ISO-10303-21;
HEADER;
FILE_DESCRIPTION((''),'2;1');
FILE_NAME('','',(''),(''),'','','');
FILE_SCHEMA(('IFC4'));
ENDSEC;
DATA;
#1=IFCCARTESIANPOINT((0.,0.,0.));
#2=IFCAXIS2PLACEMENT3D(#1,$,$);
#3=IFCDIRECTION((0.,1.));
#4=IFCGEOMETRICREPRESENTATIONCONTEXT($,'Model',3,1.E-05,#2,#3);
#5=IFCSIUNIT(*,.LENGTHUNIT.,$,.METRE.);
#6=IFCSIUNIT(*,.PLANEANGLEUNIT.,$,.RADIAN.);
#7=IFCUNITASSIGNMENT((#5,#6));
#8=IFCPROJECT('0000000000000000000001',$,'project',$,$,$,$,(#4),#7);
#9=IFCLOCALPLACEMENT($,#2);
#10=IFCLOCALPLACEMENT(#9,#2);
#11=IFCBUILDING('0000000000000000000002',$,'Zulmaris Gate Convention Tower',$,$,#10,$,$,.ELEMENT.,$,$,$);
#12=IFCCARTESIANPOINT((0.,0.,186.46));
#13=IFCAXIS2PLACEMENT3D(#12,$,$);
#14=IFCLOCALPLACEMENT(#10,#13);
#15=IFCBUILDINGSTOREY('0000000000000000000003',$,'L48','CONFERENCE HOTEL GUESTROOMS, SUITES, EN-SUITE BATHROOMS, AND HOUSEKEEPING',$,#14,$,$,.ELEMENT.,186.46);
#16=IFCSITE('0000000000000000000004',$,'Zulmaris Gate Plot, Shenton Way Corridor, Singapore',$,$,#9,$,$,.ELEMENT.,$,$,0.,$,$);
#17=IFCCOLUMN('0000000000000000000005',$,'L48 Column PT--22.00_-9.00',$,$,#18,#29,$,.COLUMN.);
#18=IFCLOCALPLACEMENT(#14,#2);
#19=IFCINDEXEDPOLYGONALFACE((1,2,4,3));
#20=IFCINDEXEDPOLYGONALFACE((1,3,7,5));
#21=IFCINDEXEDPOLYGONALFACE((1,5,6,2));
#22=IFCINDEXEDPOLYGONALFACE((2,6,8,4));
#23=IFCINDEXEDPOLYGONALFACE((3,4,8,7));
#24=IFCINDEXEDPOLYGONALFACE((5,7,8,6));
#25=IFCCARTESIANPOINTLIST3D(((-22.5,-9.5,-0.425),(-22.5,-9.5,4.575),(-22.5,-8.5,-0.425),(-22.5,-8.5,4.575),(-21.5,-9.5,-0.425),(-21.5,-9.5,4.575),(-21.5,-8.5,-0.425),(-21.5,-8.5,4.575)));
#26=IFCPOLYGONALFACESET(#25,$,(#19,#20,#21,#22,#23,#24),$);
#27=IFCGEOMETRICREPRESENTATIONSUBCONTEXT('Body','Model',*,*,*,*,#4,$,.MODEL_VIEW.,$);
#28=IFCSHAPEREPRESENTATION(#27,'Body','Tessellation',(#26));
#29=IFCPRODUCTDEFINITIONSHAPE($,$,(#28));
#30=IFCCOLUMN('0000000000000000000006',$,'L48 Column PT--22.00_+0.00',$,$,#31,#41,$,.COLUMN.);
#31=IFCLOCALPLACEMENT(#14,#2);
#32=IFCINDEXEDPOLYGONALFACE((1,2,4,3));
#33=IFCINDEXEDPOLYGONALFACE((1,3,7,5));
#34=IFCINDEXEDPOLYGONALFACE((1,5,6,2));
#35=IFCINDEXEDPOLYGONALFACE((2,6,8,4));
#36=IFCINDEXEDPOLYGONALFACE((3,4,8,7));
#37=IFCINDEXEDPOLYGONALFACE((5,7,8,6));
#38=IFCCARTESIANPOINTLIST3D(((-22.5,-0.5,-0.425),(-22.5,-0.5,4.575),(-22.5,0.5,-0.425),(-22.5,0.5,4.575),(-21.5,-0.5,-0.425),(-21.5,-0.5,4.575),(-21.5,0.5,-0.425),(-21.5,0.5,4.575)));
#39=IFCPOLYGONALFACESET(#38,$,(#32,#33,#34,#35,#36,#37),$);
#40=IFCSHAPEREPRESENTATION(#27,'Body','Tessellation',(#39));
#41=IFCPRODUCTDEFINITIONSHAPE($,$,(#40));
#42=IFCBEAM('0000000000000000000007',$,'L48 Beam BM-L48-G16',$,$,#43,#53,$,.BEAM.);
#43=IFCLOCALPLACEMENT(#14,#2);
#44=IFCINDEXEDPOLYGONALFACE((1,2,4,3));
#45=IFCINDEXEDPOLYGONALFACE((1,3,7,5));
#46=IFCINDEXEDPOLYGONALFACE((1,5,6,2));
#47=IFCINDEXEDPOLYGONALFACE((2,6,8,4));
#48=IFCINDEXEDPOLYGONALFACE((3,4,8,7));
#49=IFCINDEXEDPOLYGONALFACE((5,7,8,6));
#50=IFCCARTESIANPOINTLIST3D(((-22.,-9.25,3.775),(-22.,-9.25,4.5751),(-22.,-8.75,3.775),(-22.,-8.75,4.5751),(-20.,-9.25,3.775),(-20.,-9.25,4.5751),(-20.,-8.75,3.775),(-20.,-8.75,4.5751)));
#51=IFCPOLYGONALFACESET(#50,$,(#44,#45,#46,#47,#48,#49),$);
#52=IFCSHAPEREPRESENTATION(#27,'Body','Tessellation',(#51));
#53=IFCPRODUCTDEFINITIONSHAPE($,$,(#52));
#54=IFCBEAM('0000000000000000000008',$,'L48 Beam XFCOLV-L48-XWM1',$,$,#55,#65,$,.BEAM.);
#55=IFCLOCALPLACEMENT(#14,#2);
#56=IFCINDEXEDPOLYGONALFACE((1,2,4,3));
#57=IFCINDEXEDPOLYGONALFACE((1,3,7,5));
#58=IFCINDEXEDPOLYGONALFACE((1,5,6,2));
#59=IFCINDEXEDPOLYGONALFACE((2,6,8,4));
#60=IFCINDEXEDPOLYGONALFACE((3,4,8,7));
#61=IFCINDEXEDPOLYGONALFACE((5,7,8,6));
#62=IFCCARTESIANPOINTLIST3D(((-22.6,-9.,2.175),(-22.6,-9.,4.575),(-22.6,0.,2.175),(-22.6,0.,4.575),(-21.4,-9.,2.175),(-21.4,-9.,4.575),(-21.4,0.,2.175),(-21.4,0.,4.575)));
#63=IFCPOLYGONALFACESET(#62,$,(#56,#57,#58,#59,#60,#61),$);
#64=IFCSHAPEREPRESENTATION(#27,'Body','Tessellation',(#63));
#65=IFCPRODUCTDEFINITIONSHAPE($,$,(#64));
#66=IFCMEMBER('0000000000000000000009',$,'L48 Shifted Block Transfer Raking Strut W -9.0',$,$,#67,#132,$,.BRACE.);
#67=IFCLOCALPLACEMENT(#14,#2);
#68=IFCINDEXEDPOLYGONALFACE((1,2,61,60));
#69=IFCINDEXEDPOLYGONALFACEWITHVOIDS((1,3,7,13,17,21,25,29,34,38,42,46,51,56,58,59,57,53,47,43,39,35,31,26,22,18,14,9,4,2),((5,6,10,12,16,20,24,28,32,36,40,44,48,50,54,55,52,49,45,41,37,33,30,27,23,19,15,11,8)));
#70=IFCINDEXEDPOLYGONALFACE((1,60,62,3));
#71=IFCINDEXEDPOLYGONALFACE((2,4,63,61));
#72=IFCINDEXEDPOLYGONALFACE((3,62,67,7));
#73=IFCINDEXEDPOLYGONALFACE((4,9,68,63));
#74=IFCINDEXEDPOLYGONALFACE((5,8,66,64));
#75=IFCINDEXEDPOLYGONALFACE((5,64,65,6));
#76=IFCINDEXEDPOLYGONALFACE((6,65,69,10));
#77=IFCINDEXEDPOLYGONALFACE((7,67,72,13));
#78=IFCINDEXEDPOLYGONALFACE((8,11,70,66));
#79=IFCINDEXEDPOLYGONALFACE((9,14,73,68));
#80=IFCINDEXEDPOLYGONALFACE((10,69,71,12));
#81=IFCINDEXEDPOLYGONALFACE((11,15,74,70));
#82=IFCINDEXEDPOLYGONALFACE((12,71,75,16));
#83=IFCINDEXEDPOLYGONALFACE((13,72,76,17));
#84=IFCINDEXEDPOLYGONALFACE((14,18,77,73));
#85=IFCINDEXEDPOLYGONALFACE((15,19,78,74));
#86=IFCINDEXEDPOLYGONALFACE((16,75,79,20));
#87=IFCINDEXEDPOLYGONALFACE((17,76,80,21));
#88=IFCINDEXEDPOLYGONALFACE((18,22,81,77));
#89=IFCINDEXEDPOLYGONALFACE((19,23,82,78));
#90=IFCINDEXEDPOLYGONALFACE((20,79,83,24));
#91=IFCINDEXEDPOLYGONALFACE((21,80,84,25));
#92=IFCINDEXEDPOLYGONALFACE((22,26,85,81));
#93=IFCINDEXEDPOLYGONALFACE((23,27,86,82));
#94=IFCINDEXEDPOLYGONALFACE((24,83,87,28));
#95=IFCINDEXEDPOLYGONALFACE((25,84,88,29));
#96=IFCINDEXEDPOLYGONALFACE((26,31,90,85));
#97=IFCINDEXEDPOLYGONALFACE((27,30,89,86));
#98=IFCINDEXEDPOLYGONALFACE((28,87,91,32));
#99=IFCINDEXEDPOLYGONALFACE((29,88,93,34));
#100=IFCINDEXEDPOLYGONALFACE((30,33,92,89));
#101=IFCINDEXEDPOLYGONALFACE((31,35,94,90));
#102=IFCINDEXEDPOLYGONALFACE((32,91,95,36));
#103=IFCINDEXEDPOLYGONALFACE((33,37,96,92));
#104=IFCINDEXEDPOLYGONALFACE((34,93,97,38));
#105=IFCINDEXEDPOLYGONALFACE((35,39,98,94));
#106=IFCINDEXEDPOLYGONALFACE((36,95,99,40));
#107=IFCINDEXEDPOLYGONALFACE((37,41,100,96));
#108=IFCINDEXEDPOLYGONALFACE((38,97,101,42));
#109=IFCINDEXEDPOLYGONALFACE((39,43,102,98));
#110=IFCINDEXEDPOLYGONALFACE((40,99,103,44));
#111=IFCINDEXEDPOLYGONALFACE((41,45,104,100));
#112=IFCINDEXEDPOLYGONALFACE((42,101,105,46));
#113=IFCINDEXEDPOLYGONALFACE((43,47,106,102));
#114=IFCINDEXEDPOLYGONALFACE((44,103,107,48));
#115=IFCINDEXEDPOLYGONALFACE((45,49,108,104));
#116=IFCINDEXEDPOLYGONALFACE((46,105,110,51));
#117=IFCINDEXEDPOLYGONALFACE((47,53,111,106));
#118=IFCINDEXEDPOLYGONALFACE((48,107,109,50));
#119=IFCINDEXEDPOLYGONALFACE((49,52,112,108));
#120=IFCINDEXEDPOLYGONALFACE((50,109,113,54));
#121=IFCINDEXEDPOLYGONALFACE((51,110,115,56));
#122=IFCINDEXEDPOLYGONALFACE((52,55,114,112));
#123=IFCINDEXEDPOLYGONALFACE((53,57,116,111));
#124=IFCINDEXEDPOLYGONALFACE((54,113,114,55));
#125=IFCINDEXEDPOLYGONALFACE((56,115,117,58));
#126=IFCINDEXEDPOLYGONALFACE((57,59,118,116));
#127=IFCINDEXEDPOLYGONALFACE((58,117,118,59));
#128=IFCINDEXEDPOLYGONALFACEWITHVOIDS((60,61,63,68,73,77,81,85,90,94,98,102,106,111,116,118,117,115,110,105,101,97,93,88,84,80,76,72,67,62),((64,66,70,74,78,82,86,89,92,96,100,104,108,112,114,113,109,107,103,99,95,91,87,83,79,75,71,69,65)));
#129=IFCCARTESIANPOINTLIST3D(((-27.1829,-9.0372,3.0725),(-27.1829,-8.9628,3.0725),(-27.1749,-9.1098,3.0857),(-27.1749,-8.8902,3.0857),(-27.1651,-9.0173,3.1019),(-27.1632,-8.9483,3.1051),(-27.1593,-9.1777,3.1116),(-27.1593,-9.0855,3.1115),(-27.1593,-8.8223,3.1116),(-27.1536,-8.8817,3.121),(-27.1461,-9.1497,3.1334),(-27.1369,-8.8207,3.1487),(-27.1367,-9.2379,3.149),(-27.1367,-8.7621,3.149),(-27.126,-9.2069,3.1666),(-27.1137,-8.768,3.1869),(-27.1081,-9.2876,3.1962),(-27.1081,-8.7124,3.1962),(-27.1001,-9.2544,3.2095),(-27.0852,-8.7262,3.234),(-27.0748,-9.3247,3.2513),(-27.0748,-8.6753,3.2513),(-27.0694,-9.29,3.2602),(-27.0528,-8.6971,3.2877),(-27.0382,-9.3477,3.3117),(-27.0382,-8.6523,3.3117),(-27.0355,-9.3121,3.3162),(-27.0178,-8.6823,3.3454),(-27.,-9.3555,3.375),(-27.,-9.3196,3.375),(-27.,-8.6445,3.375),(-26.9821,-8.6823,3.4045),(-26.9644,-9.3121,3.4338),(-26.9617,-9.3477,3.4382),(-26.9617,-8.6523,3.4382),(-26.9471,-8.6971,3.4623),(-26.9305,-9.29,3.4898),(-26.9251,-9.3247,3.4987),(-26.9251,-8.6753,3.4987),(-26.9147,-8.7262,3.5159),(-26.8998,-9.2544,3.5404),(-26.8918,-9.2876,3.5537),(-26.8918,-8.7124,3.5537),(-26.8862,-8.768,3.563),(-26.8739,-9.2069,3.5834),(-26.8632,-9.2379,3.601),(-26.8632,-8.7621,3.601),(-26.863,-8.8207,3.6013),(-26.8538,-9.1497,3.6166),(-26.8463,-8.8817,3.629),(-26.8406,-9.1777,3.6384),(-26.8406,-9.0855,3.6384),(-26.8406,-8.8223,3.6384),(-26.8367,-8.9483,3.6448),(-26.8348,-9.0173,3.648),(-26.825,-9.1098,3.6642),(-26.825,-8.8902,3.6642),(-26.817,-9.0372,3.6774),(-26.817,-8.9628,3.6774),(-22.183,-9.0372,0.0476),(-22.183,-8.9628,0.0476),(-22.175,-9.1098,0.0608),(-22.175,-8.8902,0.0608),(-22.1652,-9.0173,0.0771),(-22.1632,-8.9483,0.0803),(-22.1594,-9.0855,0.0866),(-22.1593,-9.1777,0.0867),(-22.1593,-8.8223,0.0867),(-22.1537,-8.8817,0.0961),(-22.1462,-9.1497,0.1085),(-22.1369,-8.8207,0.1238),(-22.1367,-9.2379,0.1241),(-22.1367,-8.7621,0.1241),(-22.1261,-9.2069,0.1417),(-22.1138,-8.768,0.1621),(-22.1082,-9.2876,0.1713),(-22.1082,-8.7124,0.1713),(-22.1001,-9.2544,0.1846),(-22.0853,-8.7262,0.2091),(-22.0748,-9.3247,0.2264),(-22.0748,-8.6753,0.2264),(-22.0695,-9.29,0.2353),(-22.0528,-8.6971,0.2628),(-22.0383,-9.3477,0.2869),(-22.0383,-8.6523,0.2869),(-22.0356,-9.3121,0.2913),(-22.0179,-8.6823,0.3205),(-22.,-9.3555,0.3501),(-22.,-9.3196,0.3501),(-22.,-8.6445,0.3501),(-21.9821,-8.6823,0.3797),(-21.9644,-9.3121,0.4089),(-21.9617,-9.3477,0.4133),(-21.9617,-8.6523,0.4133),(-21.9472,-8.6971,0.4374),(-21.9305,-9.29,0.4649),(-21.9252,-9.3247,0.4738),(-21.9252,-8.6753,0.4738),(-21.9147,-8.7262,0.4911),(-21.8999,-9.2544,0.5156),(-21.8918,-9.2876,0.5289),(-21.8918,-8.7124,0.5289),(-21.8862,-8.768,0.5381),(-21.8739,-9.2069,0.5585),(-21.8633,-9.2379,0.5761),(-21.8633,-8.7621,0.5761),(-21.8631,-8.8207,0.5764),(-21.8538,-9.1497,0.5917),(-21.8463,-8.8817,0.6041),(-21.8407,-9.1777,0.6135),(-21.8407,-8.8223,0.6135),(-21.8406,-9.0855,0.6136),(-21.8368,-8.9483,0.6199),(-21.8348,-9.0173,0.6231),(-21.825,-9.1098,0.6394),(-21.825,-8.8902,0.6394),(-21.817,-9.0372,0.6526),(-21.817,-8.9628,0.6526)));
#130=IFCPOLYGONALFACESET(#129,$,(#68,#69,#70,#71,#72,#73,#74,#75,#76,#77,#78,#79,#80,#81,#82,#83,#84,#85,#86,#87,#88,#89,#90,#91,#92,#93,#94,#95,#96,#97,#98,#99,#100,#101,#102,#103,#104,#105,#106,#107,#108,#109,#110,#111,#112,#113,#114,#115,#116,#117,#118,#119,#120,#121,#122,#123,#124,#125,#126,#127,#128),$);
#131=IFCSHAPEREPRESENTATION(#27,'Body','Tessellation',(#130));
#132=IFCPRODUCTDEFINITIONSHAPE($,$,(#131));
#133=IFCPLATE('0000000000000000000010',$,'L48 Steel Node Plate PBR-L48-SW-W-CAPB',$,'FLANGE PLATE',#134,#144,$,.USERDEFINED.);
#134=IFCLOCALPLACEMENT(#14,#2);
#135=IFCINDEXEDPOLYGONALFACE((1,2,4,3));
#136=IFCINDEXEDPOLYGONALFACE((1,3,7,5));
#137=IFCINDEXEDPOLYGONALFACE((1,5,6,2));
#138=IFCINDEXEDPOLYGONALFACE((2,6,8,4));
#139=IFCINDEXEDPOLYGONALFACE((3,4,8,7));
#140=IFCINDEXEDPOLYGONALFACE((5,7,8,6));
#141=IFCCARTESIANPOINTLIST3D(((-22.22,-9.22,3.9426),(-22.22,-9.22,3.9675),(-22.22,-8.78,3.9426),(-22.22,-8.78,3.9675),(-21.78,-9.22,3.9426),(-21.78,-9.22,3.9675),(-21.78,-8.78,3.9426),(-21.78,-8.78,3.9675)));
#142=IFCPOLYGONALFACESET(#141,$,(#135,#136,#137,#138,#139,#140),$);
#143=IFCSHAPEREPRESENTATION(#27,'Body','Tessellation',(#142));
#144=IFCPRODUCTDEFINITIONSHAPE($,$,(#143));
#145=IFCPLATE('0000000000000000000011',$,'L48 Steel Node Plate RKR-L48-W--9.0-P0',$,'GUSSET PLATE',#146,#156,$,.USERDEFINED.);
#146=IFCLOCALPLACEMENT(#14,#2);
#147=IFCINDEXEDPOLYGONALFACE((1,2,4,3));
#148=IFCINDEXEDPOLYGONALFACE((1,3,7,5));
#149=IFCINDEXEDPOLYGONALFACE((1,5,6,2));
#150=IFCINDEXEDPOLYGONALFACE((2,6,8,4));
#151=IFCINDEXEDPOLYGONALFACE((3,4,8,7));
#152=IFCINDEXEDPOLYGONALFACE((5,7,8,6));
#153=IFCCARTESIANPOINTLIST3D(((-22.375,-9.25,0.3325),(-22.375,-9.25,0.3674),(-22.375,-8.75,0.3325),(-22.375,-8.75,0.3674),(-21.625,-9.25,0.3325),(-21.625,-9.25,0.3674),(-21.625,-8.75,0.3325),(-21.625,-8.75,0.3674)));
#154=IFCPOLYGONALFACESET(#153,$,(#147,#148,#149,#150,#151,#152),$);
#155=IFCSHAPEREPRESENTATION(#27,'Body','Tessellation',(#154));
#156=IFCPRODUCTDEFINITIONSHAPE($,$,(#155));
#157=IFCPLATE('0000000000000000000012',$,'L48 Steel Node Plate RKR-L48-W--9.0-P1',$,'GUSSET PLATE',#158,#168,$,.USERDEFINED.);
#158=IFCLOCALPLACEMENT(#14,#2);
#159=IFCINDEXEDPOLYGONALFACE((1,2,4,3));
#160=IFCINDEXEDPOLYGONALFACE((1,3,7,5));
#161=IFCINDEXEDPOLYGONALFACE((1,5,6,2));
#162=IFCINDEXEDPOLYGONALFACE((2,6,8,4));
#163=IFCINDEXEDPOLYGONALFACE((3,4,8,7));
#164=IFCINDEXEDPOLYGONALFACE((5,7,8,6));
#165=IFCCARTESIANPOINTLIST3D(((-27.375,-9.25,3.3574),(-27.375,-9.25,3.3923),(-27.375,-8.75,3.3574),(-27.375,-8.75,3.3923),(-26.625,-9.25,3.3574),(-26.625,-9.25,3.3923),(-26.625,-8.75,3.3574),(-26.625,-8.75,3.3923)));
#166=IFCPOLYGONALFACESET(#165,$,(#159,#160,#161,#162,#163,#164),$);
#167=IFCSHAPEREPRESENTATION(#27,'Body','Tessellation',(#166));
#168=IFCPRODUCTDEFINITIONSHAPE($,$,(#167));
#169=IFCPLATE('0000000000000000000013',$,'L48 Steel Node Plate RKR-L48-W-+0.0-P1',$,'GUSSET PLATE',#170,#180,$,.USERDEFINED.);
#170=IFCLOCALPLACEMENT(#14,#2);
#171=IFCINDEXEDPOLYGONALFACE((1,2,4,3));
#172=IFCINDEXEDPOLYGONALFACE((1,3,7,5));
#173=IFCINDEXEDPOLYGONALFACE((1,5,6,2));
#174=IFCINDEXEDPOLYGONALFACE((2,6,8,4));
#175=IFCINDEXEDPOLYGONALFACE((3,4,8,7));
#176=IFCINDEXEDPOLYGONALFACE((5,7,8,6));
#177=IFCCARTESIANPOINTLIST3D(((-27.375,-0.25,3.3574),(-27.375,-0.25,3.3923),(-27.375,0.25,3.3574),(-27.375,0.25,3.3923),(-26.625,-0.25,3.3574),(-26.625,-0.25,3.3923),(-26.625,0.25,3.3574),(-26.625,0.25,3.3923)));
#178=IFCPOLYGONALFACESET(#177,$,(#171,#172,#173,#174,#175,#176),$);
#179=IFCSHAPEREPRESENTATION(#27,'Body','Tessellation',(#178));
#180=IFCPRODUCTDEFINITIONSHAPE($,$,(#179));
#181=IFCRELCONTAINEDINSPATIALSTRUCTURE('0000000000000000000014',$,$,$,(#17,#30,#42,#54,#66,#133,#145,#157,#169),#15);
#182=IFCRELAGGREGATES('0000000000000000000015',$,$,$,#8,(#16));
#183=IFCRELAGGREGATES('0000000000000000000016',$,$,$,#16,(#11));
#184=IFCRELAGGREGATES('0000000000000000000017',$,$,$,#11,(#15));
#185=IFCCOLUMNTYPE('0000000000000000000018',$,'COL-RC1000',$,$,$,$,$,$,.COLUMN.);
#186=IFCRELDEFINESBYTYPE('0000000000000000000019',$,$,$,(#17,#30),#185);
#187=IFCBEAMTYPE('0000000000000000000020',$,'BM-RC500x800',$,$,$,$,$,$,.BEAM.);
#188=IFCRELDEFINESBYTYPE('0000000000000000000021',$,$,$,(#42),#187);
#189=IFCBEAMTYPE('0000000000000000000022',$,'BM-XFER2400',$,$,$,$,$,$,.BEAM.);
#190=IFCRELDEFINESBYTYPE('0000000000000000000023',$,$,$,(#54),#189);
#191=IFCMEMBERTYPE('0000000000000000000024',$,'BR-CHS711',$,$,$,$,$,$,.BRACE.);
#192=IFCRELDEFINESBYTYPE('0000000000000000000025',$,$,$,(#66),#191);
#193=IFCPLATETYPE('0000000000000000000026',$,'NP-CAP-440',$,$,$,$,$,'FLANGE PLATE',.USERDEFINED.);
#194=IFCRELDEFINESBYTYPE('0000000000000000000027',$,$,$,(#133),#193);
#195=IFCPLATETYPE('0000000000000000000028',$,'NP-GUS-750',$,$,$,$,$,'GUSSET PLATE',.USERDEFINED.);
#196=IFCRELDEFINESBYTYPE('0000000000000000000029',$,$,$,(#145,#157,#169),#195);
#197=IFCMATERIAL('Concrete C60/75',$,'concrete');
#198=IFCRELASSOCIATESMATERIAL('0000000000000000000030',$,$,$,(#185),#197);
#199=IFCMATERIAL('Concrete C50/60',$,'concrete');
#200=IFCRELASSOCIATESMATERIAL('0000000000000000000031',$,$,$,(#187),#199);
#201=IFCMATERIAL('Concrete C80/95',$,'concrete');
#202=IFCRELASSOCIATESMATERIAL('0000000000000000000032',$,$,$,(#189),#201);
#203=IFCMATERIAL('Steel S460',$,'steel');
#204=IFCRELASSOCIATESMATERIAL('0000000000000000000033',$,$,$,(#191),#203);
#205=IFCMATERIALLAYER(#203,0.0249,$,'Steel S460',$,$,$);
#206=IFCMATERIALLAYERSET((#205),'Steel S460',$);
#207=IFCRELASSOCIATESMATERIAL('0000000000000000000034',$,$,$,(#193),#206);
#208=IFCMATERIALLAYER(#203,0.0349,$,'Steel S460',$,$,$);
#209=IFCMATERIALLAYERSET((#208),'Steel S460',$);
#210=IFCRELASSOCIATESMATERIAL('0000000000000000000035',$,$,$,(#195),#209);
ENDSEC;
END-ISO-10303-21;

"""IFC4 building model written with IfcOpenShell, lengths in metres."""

from ifc_helpers import new_model, si_unit, direction, frame, origin, origin_2d, place, context, subcontext, project, spatial, rectangle, hollow_circle, extrude, material, layer, layer_set, material_profile, profile_set, type_object, element, save


model = new_model("IFC4")

# Units and contexts
model_context = context("Model", 3, precision=1e-05, world=origin(), true_north=direction((0.0, 1.0)))
body_context = subcontext(model_context, "Body", "Model", "MODEL_VIEW")
ifc_project = project(units=[si_unit("LENGTHUNIT", "METRE"), si_unit("PLANEANGLEUNIT", "RADIAN")], contexts=[model_context])

# Site, building, storey
site_placement = place(None, origin())
site = spatial("IfcSite", under=ifc_project, at=site_placement, Name="Zulmaris Gate Plot, Shenton Way Corridor, Singapore", CompositionType="ELEMENT", RefElevation=0.0)
building_placement = place(site_placement, origin())
building = spatial("IfcBuilding", under=site, at=building_placement, Name="Zulmaris Gate Convention Tower", CompositionType="ELEMENT")
storey_placement = place(building_placement, frame((0.0, 0.0, 186.46)))
storey = spatial("IfcBuildingStorey", under=building, at=storey_placement, Name="L48", Description="CONFERENCE HOTEL GUESTROOMS, SUITES, EN-SUITE BATHROOMS, AND HOUSEKEEPING", CompositionType="ELEMENT", Elevation=186.46)

# Columns
ifc_material_1 = material(Name="Concrete C60/75", Category="concrete")
ifc_material_profile_1 = material_profile(ifc_material_1, rectangle(XDim=1.0, YDim=1.0, at=origin_2d()), Name="RC COL 1000x1000")
ifc_profile_set_1 = profile_set([ifc_material_profile_1], Name="Concrete C60/75")
column_type = type_object("IfcColumnType", Name="COL-RC1000", PredefinedType="COLUMN", material=ifc_profile_set_1)
for number, where, z_axis, x_axis, name in (
    (1, (-22.0, -9.0, -0.425), (0.0, 0.0, 1.0), (1.0, 0.0, 0.0), "L48 Column PT--22.00_-9.00"),
    (2, (-22.0, 0.0, -0.425), (0.0, 0.0, 1.0), (1.0, 0.0, 0.0), "L48 Column PT--22.00_+0.00"),
):
    element("IfcColumn", number, at=place(storey_placement, frame(where, z_axis=z_axis, x_axis=x_axis)), inside=storey, type_object=column_type, Name=name, PredefinedType="COLUMN", context=body_context, shape_type="SweptSolid", body=[
        extrude(rectangle(XDim=1.0, YDim=1.0, at=origin_2d()), origin(), (0.0, 0.0, 1.0), 5.0),
    ])

# Beams
ifc_material_2 = material(Name="Concrete C50/60", Category="concrete")
ifc_material_profile_2 = material_profile(ifc_material_2, rectangle(XDim=0.5, YDim=0.8, at=origin_2d()), Name="RC BEAM 500x800")
ifc_profile_set_2 = profile_set([ifc_material_profile_2], Name="Concrete C50/60")
beam_type_1 = type_object("IfcBeamType", Name="BM-RC500x800", PredefinedType="BEAM", material=ifc_profile_set_2)
beam_1_placement = place(storey_placement, frame((-22.0, -9.0, 4.175), z_axis=(1.0, 0.0, 0.0), x_axis=(0.0, 1.0, 0.0)))
element("IfcBeam", 3, at=beam_1_placement, inside=storey, type_object=beam_type_1, Name="L48 Beam BM-L48-G16", PredefinedType="BEAM", context=body_context, shape_type="SweptSolid", body=[
    extrude(rectangle(XDim=0.5, YDim=0.8, at=origin_2d()), origin(), (0.0, 0.0, 1.0), 2.0),
])
ifc_material_3 = material(Name="Concrete C80/95", Category="concrete")
ifc_material_profile_3 = material_profile(ifc_material_3, rectangle(XDim=1.2, YDim=2.3999, at=origin_2d()), Name="RC TRANSFER 1200x2400")
ifc_profile_set_3 = profile_set([ifc_material_profile_3], Name="Concrete C80/95")
beam_type_2 = type_object("IfcBeamType", Name="BM-XFER2400", PredefinedType="BEAM", material=ifc_profile_set_3)
beam_2_placement = place(storey_placement, frame((-22.0, -9.0, 3.375), z_axis=(0.0, 1.0, 0.0), x_axis=(-1.0, 0.0, 0.0)))
element("IfcBeam", 4, at=beam_2_placement, inside=storey, type_object=beam_type_2, Name="L48 Beam XFCOLV-L48-XWM1", PredefinedType="BEAM", context=body_context, shape_type="SweptSolid", body=[
    extrude(rectangle(XDim=1.2, YDim=2.3999, at=origin_2d()), origin(), (0.0, 0.0, 1.0), 9.0),
])

# Member
ifc_material_4 = material(Name="Steel S460", Category="steel")
ifc_material_profile_4 = material_profile(ifc_material_4, hollow_circle(Radius=0.3555, WallThickness=0.0359, at=origin_2d()), Name="CHS 711x36")
ifc_profile_set_4 = profile_set([ifc_material_profile_4], Name="Steel S460")
member_type = type_object("IfcMemberType", Name="BR-CHS711", PredefinedType="BRACE", material=ifc_profile_set_4)
member_placement = place(storey_placement, frame((-22.0, -9.0, 0.3501), z_axis=(-0.855607, 0.0, 0.517626), x_axis=(0.0, -1.0, 0.0)))
element("IfcMember", 5, at=member_placement, inside=storey, type_object=member_type, Name="L48 Shifted Block Transfer Raking Strut W -9.0", PredefinedType="BRACE", context=body_context, shape_type="SweptSolid", body=[
    extrude(hollow_circle(Radius=0.3555, WallThickness=0.0359, at=origin_2d()), origin(), (0.0, 0.0, 1.0), 5.8438),
])

# Plates
ifc_layer_1 = layer(ifc_material_4, 0.0249, Name="Steel S460")
ifc_layer_set_1 = layer_set([ifc_layer_1], Name="Steel S460")
plate_type_1 = type_object("IfcPlateType", Name="NP-CAP-440", ElementType="FLANGE PLATE", PredefinedType="USERDEFINED", material=ifc_layer_set_1)
plate_placement = place(storey_placement, frame((-22.0, -9.0, 3.9426), z_axis=(0.0, 0.0, 1.0), x_axis=(1.0, 0.0, 0.0)))
element("IfcPlate", 6, at=plate_placement, inside=storey, type_object=plate_type_1, Name="L48 Steel Node Plate PBR-L48-SW-W-CAPB", ObjectType="FLANGE PLATE", PredefinedType="USERDEFINED", context=body_context, shape_type="SweptSolid", body=[
    extrude(rectangle(XDim=0.4399, YDim=0.4399, at=origin_2d()), origin(), (0.0, 0.0, 1.0), 0.0249),
])
ifc_layer_2 = layer(ifc_material_4, 0.0349, Name="Steel S460")
ifc_layer_set_2 = layer_set([ifc_layer_2], Name="Steel S460")
plate_type_2 = type_object("IfcPlateType", Name="NP-GUS-750", ElementType="GUSSET PLATE", PredefinedType="USERDEFINED", material=ifc_layer_set_2)
for number, where, z_axis, x_axis, name in (
    (7, (-22.0, -9.0, 0.3325), (0.0, 0.0, 1.0), (1.0, 0.0, 0.0), "L48 Steel Node Plate RKR-L48-W--9.0-P0"),
    (8, (-27.0, -9.0, 3.3574), (0.0, 0.0, 1.0), (1.0, 0.0, 0.0), "L48 Steel Node Plate RKR-L48-W--9.0-P1"),
    (9, (-27.0, 0.0, 3.3574), (0.0, 0.0, 1.0), (1.0, 0.0, 0.0), "L48 Steel Node Plate RKR-L48-W-+0.0-P1"),
):
    element("IfcPlate", number, at=place(storey_placement, frame(where, z_axis=z_axis, x_axis=x_axis)), inside=storey, type_object=plate_type_2, Name=name, ObjectType="GUSSET PLATE", PredefinedType="USERDEFINED", context=body_context, shape_type="SweptSolid", body=[
        extrude(rectangle(XDim=0.75, YDim=0.5, at=origin_2d()), origin(), (0.0, 0.0, 1.0), 0.0349),
    ])

save(model, "model.ifc")
